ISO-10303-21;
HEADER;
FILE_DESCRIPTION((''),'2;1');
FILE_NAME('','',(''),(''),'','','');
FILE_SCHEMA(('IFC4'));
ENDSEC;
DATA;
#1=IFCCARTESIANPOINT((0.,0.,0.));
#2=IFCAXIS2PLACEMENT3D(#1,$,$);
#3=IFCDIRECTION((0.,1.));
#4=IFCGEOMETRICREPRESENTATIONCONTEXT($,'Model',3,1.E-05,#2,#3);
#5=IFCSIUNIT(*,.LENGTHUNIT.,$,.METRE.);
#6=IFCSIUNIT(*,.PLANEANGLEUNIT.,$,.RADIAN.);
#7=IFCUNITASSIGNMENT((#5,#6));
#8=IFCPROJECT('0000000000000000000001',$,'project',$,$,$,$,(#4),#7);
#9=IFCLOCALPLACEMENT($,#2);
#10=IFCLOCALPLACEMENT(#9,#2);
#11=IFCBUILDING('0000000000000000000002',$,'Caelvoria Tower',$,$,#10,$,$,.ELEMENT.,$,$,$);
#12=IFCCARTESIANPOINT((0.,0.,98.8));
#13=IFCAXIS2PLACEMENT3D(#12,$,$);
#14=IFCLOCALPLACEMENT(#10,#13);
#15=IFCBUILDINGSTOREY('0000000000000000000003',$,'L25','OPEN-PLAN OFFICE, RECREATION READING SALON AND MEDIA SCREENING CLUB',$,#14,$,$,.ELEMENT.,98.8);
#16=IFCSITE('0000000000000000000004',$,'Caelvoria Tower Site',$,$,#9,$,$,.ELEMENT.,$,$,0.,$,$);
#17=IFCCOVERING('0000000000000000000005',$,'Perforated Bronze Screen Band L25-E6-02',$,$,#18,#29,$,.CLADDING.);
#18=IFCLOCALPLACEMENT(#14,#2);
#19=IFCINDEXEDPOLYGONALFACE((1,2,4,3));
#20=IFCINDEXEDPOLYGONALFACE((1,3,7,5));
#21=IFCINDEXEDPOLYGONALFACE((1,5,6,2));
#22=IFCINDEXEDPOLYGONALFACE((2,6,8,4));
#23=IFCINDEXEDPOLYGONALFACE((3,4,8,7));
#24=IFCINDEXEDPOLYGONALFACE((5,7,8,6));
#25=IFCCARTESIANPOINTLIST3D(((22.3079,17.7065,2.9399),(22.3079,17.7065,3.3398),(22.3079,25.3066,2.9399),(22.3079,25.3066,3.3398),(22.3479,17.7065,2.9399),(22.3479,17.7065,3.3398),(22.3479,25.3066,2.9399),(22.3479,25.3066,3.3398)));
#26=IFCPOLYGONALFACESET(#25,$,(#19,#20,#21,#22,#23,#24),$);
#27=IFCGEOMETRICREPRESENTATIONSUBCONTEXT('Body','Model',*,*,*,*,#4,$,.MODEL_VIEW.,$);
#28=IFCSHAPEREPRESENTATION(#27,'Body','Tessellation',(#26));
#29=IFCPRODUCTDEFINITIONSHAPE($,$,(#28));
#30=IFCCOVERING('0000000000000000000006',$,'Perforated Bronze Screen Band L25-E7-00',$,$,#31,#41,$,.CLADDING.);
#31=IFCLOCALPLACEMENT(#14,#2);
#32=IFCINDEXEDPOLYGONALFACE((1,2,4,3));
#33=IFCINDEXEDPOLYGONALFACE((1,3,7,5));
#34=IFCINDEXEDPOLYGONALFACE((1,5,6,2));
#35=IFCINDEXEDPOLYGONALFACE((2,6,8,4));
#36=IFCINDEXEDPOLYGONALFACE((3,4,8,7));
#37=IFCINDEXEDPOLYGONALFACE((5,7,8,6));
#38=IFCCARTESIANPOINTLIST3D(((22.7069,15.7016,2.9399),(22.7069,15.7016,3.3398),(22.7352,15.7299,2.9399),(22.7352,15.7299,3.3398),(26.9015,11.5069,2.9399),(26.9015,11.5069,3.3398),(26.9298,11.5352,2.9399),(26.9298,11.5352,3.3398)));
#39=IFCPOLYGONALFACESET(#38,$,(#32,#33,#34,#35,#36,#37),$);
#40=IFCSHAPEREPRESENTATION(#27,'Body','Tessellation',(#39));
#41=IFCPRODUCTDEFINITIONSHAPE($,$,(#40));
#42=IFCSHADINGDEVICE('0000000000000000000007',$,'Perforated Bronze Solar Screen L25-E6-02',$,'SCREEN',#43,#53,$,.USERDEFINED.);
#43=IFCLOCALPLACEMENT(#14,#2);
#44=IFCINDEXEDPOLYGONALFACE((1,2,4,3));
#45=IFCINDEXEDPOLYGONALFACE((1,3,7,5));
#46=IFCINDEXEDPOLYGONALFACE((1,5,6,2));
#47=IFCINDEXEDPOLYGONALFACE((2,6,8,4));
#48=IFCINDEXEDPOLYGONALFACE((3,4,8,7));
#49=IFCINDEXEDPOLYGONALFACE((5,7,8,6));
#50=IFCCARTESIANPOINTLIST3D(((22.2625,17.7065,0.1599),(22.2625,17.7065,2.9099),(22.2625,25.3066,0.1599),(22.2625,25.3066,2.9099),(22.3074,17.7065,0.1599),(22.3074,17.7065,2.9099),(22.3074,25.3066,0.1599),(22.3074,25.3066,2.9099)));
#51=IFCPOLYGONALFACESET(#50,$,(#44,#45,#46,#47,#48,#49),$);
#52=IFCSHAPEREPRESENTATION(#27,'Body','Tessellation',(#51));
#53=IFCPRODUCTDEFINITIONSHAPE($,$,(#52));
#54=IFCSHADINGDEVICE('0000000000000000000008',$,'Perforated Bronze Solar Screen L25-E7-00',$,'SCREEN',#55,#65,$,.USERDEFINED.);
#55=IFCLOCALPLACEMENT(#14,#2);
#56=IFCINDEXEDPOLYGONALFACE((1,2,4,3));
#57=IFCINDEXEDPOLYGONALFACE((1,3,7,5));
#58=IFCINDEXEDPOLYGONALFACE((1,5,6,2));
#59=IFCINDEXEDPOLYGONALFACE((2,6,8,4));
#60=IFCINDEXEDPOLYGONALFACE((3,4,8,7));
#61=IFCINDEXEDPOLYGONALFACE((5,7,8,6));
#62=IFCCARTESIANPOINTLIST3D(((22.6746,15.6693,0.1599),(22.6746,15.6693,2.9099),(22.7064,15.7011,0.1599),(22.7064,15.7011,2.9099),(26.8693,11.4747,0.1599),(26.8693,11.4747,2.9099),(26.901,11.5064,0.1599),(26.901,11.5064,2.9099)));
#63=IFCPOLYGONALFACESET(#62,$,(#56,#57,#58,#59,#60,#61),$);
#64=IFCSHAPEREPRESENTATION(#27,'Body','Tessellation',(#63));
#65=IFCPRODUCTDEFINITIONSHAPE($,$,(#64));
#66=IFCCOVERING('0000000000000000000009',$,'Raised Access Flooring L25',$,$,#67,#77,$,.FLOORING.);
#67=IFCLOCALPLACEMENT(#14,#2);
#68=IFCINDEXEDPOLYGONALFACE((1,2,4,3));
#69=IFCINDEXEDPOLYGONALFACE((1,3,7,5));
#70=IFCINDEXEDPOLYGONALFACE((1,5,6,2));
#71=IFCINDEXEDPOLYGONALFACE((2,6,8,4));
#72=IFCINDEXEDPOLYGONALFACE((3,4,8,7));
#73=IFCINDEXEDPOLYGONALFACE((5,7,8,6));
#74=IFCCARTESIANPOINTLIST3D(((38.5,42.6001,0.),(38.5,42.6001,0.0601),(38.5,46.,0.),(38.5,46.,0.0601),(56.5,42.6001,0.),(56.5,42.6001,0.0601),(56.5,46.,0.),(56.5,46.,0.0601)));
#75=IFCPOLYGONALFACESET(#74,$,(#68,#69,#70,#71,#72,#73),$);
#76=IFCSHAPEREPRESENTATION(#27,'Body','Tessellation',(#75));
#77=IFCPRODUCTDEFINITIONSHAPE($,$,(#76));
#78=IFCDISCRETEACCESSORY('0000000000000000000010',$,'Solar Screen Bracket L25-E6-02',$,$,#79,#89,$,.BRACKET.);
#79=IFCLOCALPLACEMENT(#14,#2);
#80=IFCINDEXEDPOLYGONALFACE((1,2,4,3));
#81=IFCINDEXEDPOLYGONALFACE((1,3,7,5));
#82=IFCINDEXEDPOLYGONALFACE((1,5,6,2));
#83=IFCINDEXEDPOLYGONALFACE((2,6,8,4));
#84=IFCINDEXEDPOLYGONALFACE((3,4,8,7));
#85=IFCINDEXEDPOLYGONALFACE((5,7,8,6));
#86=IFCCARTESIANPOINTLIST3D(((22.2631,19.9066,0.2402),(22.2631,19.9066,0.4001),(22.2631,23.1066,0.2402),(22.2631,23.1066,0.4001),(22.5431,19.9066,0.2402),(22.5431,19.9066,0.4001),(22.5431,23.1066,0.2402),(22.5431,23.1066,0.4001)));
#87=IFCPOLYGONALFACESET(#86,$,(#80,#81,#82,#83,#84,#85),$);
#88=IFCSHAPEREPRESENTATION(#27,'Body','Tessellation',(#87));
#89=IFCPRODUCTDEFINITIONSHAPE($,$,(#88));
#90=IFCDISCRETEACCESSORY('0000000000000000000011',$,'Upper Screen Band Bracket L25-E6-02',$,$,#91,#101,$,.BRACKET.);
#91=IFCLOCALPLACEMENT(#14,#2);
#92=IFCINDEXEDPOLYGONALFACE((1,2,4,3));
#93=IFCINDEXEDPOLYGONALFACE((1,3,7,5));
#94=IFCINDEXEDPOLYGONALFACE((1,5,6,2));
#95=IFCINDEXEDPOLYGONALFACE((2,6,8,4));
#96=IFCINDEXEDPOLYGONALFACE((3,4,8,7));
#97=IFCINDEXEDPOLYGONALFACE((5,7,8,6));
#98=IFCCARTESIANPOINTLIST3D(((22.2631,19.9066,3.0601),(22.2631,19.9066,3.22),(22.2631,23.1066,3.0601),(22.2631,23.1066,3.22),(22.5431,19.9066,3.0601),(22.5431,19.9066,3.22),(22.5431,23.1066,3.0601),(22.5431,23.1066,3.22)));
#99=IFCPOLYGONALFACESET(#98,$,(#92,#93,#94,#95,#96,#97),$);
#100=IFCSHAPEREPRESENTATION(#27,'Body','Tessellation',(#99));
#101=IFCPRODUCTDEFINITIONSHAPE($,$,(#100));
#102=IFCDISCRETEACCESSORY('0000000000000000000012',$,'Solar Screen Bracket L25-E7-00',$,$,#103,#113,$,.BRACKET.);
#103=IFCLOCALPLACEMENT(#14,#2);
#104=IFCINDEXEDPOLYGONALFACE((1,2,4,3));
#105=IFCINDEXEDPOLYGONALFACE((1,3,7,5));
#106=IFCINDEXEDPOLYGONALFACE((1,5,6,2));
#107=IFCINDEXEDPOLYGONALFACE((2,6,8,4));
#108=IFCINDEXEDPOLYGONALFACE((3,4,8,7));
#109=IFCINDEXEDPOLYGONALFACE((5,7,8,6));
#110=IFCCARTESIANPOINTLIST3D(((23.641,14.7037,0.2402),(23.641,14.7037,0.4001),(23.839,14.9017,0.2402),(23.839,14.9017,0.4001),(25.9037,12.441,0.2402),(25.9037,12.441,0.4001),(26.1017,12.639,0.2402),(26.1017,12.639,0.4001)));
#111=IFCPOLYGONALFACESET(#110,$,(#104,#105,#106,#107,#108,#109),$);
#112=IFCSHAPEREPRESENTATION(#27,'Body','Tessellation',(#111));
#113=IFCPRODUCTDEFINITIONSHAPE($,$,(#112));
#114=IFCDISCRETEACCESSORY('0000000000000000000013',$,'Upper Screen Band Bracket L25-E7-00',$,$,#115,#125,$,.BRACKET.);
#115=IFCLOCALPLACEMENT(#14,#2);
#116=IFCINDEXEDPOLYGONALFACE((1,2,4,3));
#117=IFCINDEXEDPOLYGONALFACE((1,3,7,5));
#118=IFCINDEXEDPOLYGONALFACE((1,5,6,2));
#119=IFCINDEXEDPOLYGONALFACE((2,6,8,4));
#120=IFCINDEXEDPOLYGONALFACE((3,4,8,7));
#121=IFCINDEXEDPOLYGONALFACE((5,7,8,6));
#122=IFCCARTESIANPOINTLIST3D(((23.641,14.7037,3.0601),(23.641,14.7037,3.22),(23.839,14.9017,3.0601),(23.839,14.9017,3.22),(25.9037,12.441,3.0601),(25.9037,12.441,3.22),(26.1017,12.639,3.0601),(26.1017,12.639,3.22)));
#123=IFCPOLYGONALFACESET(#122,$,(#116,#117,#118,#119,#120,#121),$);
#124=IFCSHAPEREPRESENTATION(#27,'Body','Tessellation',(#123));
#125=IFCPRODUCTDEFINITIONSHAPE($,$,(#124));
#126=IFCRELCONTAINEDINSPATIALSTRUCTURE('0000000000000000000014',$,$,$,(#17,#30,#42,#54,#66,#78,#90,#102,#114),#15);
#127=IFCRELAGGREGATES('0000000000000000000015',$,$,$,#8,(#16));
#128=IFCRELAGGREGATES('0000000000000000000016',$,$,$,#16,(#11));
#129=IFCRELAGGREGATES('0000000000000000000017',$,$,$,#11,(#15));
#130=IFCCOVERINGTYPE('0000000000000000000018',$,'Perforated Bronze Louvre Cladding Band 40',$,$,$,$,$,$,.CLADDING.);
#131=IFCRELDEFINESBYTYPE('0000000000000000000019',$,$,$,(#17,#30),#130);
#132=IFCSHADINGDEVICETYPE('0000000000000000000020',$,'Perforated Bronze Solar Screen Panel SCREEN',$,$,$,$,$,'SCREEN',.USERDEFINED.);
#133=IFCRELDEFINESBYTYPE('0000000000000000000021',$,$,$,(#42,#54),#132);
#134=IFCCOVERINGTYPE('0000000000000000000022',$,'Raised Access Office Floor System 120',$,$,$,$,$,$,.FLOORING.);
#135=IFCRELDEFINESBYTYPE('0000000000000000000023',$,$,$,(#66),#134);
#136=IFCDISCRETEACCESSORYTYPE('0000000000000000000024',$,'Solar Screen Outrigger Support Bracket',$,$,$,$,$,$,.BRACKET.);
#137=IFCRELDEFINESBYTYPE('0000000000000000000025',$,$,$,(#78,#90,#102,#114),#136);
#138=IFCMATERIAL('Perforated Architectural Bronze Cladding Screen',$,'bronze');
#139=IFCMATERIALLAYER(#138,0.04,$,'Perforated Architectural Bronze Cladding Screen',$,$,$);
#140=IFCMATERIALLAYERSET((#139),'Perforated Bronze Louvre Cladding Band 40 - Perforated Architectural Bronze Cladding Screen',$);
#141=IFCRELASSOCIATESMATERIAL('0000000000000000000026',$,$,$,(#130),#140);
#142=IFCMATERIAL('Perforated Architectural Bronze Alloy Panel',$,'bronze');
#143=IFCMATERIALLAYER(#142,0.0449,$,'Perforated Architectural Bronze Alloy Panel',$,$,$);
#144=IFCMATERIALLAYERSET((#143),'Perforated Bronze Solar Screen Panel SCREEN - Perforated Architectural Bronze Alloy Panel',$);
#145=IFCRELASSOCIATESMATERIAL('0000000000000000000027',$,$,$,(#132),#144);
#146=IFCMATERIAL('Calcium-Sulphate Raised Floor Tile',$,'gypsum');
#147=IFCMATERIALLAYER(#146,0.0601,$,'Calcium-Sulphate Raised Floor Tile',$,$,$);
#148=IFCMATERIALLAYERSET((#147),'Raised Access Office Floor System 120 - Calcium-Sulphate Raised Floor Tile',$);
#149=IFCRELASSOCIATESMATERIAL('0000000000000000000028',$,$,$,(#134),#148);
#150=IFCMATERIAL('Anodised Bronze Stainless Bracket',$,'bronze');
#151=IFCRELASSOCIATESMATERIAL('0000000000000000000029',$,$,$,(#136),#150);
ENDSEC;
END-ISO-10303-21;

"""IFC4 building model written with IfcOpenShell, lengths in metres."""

from ifc_helpers import new_model, si_unit, direction, frame, origin, origin_2d, place, context, subcontext, project, spatial, polyline, rectangle, outline, extrude, material, layer, layer_set, type_object, element, save


model = new_model("IFC4")

# Units and contexts
model_context = context("Model", 3, precision=1e-05, world=origin(), true_north=direction((0.0, 1.0)))
body_context = subcontext(model_context, "Body", "Model", "MODEL_VIEW")
ifc_project = project(units=[si_unit("LENGTHUNIT", "METRE"), si_unit("PLANEANGLEUNIT", "RADIAN")], contexts=[model_context])

# Site, building, storey
site_placement = place(None, origin())
site = spatial("IfcSite", under=ifc_project, at=site_placement, Name="Caelvoria Tower Site", CompositionType="ELEMENT", RefElevation=0.0)
building_placement = place(site_placement, origin())
building = spatial("IfcBuilding", under=site, at=building_placement, Name="Caelvoria Tower", CompositionType="ELEMENT")
storey_placement = place(building_placement, frame((0.0, 0.0, 98.8)))
storey = spatial("IfcBuildingStorey", under=building, at=storey_placement, Name="L25", Description="OPEN-PLAN OFFICE, RECREATION READING SALON AND MEDIA SCREENING CLUB", CompositionType="ELEMENT", Elevation=98.8)

# Coverings
ifc_material_1 = material(Name="Perforated Architectural Bronze Cladding Screen", Category="bronze")
ifc_layer_1 = layer(ifc_material_1, 0.04, Name="Perforated Architectural Bronze Cladding Screen")
ifc_layer_set_1 = layer_set([ifc_layer_1], Name="Perforated Bronze Louvre Cladding Band 40 - Perforated Architectural Bronze Cladding Screen")
covering_type_1 = type_object("IfcCoveringType", Name="Perforated Bronze Louvre Cladding Band 40", PredefinedType="CLADDING", material=ifc_layer_set_1)
covering_1_placement = place(storey_placement, frame((22.3279, 21.5066, 2.9399), z_axis=(0.0, 0.0, 1.0), x_axis=(0.0, -1.0, 0.0)))
element("IfcCovering", 1, at=covering_1_placement, inside=storey, type_object=covering_type_1, Name="Perforated Bronze Screen Band L25-E6-02", PredefinedType="CLADDING", context=body_context, shape_type="SweptSolid", body=[
    extrude(rectangle(XDim=7.6001, YDim=0.04, at=origin_2d()), origin(), (0.0, 0.0, 1.0), 0.3999),
])
covering_2_placement = place(storey_placement, frame((24.8184, 13.6184, 2.9399), z_axis=(0.0, 0.0, 1.0), x_axis=(0.707107, -0.707107, 0.0)))
element("IfcCovering", 2, at=covering_2_placement, inside=storey, type_object=covering_type_1, Name="Perforated Bronze Screen Band L25-E7-00", PredefinedType="CLADDING", context=body_context, shape_type="SweptSolid", body=[
    extrude(rectangle(XDim=5.9321, YDim=0.04, at=origin_2d()), origin(), (0.0, 0.0, 1.0), 0.3999),
])

# Shading devices
ifc_material_2 = material(Name="Perforated Architectural Bronze Alloy Panel", Category="bronze")
ifc_layer_2 = layer(ifc_material_2, 0.0449, Name="Perforated Architectural Bronze Alloy Panel")
ifc_layer_set_2 = layer_set([ifc_layer_2], Name="Perforated Bronze Solar Screen Panel SCREEN - Perforated Architectural Bronze Alloy Panel")
shading_device_type = type_object("IfcShadingDeviceType", Name="Perforated Bronze Solar Screen Panel SCREEN", ElementType="SCREEN", PredefinedType="USERDEFINED", material=ifc_layer_set_2)
shading_device_1_placement = place(storey_placement, frame((22.2849, 21.5066, 0.1599), z_axis=(0.0, 0.0, 1.0), x_axis=(0.0, -1.0, 0.0)))
element("IfcShadingDevice", 3, at=shading_device_1_placement, inside=storey, type_object=shading_device_type, Name="Perforated Bronze Solar Screen L25-E6-02", ObjectType="SCREEN", PredefinedType="USERDEFINED", context=body_context, shape_type="SweptSolid", body=[
    extrude(rectangle(XDim=7.6001, YDim=0.0449, at=origin_2d()), origin(), (0.0, 0.0, 1.0), 2.75),
])
shading_device_2_placement = place(storey_placement, frame((24.7878, 13.5879, 0.1599), z_axis=(0.0, 0.0, 1.0), x_axis=(0.707107, -0.707107, 0.0)))
element("IfcShadingDevice", 4, at=shading_device_2_placement, inside=storey, type_object=shading_device_type, Name="Perforated Bronze Solar Screen L25-E7-00", ObjectType="SCREEN", PredefinedType="USERDEFINED", context=body_context, shape_type="SweptSolid", body=[
    extrude(rectangle(XDim=5.9321, YDim=0.0449, at=origin_2d()), origin(), (0.0, 0.0, 1.0), 2.75),
])

# Covering
ifc_material_3 = material(Name="Calcium-Sulphate Raised Floor Tile", Category="gypsum")
ifc_layer_3 = layer(ifc_material_3, 0.0601, Name="Calcium-Sulphate Raised Floor Tile")
ifc_layer_set_3 = layer_set([ifc_layer_3], Name="Raised Access Office Floor System 120 - Calcium-Sulphate Raised Floor Tile")
covering_type_2 = type_object("IfcCoveringType", Name="Raised Access Office Floor System 120", PredefinedType="FLOORING", material=ifc_layer_set_3)
covering_3_placement = place(storey_placement, origin())
element("IfcCovering", 5, at=covering_3_placement, inside=storey, type_object=covering_type_2, Name="Raised Access Flooring L25", PredefinedType="FLOORING", context=body_context, shape_type="SweptSolid", body=[
    extrude(outline(polyline([(38.5, 42.6001), (56.5, 42.6001), (56.5, 46.0), (38.5, 46.0), (38.5, 42.6001)])), origin(), (0.0, 0.0, 1.0), 0.0601),
])

# Discrete accessories
ifc_material_4 = material(Name="Anodised Bronze Stainless Bracket", Category="bronze")
discrete_accessory_type = type_object("IfcDiscreteAccessoryType", Name="Solar Screen Outrigger Support Bracket", PredefinedType="BRACKET", material=ifc_material_4)
for number, where, z_axis, x_axis, name in (
    (6, (22.4031, 21.5066, 0.2402), (0.0, 0.0, 1.0), (0.0, -1.0, 0.0), "Solar Screen Bracket L25-E6-02"),
    (7, (22.4031, 21.5066, 3.0601), (0.0, 0.0, 1.0), (0.0, -1.0, 0.0), "Upper Screen Band Bracket L25-E6-02"),
    (8, (24.8713, 13.6714, 0.2402), (0.0, 0.0, 1.0), (0.707107, -0.707107, 0.0), "Solar Screen Bracket L25-E7-00"),
    (9, (24.8713, 13.6714, 3.0601), (0.0, 0.0, 1.0), (0.707107, -0.707107, 0.0), "Upper Screen Band Bracket L25-E7-00"),
):
    element("IfcDiscreteAccessory", number, at=place(storey_placement, frame(where, z_axis=z_axis, x_axis=x_axis)), inside=storey, type_object=discrete_accessory_type, Name=name, PredefinedType="BRACKET", context=body_context, shape_type="SweptSolid", body=[
        extrude(rectangle(XDim=3.2, YDim=0.28, at=origin_2d()), origin(), (0.0, 0.0, 1.0), 0.1599),
    ])

save(model, "model.ifc")
